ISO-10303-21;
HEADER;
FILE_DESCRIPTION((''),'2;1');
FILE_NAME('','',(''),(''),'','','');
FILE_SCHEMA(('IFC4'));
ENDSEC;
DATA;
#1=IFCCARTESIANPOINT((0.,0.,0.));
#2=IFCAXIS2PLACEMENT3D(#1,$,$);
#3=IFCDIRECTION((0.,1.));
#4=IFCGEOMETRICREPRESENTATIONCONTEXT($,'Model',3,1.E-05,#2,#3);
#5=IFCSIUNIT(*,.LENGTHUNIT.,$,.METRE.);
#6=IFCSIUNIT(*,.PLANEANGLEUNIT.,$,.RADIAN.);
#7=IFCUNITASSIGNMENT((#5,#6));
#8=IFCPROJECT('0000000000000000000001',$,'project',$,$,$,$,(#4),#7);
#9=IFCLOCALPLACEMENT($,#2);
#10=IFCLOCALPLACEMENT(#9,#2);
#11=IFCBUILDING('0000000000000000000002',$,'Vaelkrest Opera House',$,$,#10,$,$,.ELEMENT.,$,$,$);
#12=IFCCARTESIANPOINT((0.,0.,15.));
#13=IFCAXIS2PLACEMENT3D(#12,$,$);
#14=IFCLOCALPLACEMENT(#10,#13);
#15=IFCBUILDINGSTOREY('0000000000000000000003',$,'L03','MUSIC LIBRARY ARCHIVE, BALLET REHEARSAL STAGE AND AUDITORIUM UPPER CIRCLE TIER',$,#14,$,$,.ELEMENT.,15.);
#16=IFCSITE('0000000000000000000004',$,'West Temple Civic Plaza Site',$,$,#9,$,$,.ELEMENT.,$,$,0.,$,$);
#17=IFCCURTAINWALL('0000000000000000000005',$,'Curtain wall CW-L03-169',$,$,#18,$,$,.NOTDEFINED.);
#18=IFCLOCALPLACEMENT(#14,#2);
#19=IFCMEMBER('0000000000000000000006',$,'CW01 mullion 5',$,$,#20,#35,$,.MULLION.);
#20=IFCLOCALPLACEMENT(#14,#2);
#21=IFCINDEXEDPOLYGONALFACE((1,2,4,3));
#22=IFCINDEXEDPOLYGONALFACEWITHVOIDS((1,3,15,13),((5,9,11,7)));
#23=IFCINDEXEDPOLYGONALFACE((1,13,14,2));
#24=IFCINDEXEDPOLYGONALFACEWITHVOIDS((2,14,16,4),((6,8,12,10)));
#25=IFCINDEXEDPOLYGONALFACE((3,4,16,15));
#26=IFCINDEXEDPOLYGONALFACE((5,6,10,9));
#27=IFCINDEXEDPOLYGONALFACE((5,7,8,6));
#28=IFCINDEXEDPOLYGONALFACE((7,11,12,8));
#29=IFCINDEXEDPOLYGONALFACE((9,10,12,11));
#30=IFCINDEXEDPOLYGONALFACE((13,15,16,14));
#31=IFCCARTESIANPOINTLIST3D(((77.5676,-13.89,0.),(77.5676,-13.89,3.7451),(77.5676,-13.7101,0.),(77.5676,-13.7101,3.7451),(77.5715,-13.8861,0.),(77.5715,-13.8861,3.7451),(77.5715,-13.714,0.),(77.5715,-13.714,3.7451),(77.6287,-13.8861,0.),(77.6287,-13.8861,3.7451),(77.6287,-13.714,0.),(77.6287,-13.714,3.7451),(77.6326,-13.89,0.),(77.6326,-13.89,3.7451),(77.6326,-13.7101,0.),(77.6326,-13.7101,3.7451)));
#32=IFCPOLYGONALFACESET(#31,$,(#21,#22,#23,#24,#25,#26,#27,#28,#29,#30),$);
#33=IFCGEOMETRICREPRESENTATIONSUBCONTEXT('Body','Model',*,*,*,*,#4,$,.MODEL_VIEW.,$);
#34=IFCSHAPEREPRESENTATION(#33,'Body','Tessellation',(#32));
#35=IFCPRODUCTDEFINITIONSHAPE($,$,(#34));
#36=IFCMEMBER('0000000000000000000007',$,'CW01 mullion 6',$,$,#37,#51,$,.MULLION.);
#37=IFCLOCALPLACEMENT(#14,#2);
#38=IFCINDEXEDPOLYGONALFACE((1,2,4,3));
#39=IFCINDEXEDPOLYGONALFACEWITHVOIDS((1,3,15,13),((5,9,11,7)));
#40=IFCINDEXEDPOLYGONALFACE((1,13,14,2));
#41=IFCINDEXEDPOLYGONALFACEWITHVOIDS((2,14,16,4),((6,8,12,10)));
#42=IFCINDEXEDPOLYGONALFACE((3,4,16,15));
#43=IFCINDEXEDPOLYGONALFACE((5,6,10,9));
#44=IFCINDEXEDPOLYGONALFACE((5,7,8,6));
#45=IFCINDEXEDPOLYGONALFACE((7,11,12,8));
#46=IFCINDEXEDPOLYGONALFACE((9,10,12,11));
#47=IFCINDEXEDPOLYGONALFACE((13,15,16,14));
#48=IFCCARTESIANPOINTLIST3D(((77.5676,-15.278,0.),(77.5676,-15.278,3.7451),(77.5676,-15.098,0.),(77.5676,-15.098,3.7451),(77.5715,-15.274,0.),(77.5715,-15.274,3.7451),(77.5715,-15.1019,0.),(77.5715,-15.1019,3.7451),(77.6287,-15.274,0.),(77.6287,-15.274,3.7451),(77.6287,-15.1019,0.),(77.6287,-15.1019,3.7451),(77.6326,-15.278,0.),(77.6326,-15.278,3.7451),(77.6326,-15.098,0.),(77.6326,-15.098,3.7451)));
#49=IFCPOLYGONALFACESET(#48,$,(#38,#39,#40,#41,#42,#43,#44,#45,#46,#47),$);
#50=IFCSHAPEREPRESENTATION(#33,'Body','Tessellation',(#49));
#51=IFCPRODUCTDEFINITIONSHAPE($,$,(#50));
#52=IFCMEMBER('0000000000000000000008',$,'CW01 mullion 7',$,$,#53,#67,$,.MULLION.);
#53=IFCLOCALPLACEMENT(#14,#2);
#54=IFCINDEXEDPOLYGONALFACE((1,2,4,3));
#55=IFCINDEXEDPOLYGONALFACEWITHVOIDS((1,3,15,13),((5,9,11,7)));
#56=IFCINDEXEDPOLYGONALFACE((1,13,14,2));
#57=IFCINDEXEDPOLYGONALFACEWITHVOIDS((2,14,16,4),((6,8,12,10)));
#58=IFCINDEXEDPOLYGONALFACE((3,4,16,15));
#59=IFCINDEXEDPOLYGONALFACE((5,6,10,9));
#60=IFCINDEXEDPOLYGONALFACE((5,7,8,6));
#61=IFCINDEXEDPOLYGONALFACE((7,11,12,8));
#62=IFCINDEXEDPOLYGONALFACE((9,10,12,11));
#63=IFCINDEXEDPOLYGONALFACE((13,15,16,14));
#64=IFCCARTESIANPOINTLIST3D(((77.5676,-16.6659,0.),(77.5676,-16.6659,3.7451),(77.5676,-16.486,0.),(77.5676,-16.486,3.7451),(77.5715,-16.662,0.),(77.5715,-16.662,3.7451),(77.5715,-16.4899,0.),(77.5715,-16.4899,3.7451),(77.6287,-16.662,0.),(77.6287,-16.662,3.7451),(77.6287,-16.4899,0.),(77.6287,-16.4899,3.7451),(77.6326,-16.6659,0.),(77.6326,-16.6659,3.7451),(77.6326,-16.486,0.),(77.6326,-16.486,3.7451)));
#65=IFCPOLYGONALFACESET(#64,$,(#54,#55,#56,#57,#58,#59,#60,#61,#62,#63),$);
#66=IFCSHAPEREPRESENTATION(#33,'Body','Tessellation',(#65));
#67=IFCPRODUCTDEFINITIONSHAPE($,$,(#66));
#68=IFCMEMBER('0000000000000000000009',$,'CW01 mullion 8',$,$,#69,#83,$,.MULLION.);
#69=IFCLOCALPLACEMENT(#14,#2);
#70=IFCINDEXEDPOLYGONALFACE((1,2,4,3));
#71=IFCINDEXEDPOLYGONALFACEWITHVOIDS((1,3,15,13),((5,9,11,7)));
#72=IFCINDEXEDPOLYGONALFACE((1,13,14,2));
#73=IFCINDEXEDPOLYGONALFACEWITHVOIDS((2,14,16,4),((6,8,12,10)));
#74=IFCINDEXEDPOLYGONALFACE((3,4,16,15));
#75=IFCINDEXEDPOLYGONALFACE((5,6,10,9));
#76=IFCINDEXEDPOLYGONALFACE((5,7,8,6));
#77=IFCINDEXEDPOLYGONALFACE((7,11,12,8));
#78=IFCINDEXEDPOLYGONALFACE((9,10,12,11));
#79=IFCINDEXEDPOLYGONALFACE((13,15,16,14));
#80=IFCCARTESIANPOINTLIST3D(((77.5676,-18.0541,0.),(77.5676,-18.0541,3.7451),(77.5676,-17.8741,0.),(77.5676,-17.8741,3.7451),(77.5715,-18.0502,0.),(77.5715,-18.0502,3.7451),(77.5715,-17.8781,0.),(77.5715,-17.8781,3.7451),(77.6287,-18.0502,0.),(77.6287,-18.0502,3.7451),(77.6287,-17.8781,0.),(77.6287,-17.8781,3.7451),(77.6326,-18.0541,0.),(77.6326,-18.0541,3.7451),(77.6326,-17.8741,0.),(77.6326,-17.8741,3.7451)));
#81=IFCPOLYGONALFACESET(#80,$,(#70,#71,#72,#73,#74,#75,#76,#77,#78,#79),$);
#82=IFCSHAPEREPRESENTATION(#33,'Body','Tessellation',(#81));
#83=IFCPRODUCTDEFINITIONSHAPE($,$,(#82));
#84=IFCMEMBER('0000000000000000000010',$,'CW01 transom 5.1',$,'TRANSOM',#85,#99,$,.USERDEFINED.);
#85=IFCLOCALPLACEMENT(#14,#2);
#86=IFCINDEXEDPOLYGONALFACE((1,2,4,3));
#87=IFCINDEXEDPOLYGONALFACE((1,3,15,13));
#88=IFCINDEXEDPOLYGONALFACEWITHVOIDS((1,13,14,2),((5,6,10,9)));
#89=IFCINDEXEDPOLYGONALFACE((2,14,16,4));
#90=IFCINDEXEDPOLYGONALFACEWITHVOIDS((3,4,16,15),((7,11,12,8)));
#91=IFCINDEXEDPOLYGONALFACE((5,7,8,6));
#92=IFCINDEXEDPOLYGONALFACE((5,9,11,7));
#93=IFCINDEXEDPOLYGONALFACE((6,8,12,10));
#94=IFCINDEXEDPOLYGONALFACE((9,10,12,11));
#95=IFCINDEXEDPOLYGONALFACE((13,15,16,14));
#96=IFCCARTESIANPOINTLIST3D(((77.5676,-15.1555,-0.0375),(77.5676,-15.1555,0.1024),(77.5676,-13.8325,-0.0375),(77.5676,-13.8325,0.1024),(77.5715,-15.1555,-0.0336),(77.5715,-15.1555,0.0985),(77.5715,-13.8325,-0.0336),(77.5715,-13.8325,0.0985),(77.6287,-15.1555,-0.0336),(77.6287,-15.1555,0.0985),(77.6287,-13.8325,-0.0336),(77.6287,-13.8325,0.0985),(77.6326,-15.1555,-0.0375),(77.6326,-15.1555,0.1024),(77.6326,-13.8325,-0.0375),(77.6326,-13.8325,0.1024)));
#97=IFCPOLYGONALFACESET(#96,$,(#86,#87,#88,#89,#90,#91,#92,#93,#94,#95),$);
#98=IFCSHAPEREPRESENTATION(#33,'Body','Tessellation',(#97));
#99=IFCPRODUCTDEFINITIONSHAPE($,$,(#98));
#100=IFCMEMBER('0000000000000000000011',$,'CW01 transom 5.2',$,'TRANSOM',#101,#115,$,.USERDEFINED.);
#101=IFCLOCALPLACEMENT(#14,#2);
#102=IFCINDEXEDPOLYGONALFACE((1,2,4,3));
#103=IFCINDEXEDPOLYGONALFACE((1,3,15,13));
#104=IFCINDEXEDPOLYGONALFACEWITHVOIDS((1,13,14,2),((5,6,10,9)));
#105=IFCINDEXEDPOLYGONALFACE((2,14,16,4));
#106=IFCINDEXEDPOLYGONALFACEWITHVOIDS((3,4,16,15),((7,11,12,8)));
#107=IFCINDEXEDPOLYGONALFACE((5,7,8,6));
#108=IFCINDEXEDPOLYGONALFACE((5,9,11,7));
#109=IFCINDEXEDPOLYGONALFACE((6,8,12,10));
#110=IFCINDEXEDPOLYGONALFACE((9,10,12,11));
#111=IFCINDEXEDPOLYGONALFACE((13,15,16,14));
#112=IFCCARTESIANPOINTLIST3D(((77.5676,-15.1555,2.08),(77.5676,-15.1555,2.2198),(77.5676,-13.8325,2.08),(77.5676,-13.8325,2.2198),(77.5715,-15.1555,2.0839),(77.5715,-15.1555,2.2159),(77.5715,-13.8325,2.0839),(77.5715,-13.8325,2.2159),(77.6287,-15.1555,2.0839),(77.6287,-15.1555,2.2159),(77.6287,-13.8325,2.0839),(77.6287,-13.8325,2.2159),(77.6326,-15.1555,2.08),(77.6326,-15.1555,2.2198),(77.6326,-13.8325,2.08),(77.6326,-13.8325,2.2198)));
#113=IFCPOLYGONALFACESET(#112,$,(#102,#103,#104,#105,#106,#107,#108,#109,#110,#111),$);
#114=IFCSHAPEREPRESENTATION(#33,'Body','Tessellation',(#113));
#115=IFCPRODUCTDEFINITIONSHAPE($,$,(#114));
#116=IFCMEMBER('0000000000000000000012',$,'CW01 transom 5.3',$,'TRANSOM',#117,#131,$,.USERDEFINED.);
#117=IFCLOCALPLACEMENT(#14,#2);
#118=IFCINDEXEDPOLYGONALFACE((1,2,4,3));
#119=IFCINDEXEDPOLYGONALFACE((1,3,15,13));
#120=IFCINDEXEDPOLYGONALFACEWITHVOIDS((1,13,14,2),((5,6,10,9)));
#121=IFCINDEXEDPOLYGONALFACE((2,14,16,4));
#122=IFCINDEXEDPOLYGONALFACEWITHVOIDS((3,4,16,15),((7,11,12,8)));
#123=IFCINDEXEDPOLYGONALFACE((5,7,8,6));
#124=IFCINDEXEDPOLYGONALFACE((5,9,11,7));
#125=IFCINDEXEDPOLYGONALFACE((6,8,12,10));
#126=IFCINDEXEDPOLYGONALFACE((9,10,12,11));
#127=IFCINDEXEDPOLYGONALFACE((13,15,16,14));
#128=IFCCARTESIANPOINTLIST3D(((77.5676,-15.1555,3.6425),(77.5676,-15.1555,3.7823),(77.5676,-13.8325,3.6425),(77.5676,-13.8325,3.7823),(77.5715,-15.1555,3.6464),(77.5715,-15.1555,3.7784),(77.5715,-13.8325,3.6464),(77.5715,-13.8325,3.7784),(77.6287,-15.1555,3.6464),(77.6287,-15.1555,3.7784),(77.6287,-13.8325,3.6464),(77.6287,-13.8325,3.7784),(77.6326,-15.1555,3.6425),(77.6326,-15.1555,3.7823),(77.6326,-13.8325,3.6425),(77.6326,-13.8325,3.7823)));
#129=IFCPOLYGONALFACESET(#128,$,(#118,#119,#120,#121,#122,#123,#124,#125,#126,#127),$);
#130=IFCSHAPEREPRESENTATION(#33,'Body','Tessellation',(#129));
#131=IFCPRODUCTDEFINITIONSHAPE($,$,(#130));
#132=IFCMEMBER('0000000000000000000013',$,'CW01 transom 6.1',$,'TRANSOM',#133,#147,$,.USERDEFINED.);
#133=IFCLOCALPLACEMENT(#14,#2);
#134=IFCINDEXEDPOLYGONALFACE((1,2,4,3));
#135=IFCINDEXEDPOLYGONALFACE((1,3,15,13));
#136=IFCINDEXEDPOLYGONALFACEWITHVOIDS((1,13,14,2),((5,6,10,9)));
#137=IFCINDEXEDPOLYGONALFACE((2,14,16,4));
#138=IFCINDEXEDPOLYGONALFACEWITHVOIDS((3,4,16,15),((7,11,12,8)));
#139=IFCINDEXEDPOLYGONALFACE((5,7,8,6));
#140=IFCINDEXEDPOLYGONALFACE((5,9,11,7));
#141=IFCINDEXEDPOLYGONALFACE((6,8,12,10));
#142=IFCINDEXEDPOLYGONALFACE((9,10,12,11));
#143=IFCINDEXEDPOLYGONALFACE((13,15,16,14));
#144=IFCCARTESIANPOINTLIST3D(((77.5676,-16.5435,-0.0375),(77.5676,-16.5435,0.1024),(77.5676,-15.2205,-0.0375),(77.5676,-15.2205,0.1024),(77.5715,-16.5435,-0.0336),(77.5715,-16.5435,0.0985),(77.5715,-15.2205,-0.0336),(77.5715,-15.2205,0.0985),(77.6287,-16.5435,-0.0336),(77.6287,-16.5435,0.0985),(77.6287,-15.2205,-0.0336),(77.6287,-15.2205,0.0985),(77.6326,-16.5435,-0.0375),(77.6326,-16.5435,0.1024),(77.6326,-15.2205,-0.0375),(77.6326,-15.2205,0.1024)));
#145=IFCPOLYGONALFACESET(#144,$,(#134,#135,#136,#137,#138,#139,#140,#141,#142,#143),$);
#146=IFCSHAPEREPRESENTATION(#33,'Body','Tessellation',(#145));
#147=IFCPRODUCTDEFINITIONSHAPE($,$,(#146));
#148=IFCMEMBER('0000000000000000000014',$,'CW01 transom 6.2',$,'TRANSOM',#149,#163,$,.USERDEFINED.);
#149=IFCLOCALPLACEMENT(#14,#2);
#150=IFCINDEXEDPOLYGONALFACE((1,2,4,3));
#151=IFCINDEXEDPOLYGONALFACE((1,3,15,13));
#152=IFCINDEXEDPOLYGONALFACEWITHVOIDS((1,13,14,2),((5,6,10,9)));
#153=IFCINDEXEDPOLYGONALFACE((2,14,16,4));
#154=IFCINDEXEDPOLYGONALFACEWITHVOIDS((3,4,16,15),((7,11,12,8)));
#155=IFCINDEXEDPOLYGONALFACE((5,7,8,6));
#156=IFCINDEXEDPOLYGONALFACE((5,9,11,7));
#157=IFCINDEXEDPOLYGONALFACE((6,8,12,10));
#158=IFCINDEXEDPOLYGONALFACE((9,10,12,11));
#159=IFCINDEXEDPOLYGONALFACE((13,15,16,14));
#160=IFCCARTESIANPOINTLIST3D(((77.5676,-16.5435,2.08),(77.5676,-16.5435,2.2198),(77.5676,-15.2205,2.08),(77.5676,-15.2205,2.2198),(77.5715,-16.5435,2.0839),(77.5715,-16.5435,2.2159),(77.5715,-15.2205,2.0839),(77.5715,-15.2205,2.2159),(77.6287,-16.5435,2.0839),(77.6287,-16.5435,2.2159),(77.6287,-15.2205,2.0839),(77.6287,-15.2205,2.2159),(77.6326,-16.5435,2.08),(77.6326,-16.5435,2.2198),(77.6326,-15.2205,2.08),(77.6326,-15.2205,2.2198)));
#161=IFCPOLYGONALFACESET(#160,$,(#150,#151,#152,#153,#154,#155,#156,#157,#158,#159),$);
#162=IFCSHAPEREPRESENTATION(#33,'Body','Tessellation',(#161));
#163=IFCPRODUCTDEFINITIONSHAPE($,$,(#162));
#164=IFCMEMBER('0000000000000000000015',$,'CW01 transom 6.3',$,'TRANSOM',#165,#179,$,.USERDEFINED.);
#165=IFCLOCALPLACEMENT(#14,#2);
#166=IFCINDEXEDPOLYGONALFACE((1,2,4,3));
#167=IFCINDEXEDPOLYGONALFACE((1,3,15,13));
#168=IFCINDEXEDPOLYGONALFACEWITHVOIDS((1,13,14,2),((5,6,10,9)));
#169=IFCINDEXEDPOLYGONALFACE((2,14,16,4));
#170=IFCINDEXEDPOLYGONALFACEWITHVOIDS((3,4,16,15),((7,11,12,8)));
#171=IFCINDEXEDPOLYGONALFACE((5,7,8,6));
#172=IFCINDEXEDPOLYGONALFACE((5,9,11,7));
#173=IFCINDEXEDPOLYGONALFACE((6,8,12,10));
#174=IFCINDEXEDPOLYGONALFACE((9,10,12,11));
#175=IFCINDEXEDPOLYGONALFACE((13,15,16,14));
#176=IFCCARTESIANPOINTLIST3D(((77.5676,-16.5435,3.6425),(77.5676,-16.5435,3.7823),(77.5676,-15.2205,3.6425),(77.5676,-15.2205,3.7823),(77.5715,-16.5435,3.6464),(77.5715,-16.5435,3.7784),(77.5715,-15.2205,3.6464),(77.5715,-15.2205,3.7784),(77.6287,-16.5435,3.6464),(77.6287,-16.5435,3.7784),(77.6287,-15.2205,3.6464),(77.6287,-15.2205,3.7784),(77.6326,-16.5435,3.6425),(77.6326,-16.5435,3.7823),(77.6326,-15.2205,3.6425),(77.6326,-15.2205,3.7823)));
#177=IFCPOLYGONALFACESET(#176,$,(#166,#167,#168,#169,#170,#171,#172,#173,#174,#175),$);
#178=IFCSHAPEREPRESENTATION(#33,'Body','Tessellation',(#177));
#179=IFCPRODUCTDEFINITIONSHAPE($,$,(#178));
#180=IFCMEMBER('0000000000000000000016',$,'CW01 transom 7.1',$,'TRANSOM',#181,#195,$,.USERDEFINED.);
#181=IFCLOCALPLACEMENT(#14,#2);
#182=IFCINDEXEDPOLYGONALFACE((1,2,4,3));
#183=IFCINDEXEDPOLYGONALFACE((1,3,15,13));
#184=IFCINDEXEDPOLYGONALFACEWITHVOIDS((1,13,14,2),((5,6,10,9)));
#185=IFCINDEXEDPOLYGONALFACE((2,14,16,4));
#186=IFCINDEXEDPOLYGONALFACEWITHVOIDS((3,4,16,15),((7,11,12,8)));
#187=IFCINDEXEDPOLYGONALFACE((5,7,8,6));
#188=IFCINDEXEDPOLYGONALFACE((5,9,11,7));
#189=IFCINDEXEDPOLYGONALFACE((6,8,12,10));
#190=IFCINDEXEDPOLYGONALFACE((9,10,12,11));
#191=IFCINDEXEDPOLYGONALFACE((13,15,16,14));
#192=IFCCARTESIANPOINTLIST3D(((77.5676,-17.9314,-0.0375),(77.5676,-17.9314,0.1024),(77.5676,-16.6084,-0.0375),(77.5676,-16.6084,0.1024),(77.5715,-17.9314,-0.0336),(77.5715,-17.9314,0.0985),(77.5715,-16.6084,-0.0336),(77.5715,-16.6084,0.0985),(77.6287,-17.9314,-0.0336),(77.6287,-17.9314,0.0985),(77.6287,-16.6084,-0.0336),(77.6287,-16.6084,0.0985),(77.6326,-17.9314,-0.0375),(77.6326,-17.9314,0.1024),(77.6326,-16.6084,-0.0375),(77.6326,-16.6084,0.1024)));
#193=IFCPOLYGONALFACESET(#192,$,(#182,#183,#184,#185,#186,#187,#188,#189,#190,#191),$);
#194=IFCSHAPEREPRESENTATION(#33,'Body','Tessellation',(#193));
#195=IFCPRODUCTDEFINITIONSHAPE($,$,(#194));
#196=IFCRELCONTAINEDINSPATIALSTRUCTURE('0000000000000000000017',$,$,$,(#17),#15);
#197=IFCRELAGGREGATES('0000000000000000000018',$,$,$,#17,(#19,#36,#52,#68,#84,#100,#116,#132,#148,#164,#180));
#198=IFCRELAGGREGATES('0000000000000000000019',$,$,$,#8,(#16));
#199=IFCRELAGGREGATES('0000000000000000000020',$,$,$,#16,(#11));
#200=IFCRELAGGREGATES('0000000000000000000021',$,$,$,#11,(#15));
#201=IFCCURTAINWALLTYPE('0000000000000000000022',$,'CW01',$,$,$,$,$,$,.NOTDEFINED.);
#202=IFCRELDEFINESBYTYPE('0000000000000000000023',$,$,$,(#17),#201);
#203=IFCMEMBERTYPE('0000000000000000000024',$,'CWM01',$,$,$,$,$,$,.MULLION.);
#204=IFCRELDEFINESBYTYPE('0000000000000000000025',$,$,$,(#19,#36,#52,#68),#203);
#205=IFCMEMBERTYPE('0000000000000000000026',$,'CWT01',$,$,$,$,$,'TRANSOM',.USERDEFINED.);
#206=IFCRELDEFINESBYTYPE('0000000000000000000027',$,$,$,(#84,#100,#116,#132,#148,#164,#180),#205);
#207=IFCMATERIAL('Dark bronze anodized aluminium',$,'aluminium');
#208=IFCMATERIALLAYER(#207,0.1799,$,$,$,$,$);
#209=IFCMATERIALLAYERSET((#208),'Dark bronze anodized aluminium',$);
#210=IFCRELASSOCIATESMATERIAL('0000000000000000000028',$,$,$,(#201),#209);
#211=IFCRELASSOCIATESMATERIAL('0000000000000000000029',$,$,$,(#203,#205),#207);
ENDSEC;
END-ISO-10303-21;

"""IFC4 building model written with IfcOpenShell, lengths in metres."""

from ifc_helpers import new_model, si_unit, direction, frame, origin, origin_2d, place, context, subcontext, project, spatial, hollow_rectangle, extrude, material, layer, layer_set, material_profile, profile_set, type_object, element, aggregate, save


model = new_model("IFC4")

# Units and contexts
model_context = context("Model", 3, precision=1e-05, world=origin(), true_north=direction((0.0, 1.0)))
body_context = subcontext(model_context, "Body", "Model", "MODEL_VIEW")
ifc_project = project(units=[si_unit("LENGTHUNIT", "METRE"), si_unit("PLANEANGLEUNIT", "RADIAN")], contexts=[model_context])

# Site, building, storey
site_placement = place(None, origin())
site = spatial("IfcSite", under=ifc_project, at=site_placement, Name="West Temple Civic Plaza Site", CompositionType="ELEMENT", RefElevation=0.0)
building_placement = place(site_placement, origin())
building = spatial("IfcBuilding", under=site, at=building_placement, Name="Vaelkrest Opera House", CompositionType="ELEMENT")
storey_placement = place(building_placement, frame((0.0, 0.0, 15.0)))
storey = spatial("IfcBuildingStorey", under=building, at=storey_placement, Name="L03", Description="MUSIC LIBRARY ARCHIVE, BALLET REHEARSAL STAGE AND AUDITORIUM UPPER CIRCLE TIER", CompositionType="ELEMENT", Elevation=15.0)

# Curtain wall, members
ifc_material_1 = material(Name="Dark bronze anodized aluminium", Category="aluminium")
ifc_layer_1 = layer(ifc_material_1, 0.1799)
ifc_layer_set_1 = layer_set([ifc_layer_1], Name="Dark bronze anodized aluminium")
curtain_wall_type = type_object("IfcCurtainWallType", Name="CW01", PredefinedType="NOTDEFINED", material=ifc_layer_set_1)
curtain_wall_placement = place(storey_placement, origin())
curtain_wall = element("IfcCurtainWall", 1, at=curtain_wall_placement, inside=storey, type_object=curtain_wall_type, Name="Curtain wall CW-L03-169", PredefinedType="NOTDEFINED")
ifc_material_profile_1 = material_profile(ifc_material_1, hollow_rectangle(XDim=0.0649, YDim=0.1799, WallThickness=0.0039, at=origin_2d()), Name="CWM65X180")
ifc_profile_set_1 = profile_set([ifc_material_profile_1], Name="Dark bronze anodized aluminium")
member_type_1 = type_object("IfcMemberType", Name="CWM01", PredefinedType="MULLION", material=ifc_profile_set_1)
member_1_placement = place(storey_placement, frame((77.6001, -13.8, 0.0), z_axis=(0.0, 0.0, 1.0), x_axis=(1.0, 0.0, 0.0)))
member_1 = element("IfcMember", 2, at=member_1_placement, type_object=member_type_1, Name="CW01 mullion 5", PredefinedType="MULLION", context=body_context, shape_type="SweptSolid", body=[
    extrude(hollow_rectangle(XDim=0.0649, YDim=0.1799, WallThickness=0.0039, at=origin_2d()), origin(), (0.0, 0.0, 1.0), 3.7451),
])
member_2_placement = place(storey_placement, frame((77.6001, -15.188, 0.0), z_axis=(0.0, 0.0, 1.0), x_axis=(1.0, 0.0, 0.0)))
member_2 = element("IfcMember", 3, at=member_2_placement, type_object=member_type_1, Name="CW01 mullion 6", PredefinedType="MULLION", context=body_context, shape_type="SweptSolid", body=[
    extrude(hollow_rectangle(XDim=0.0649, YDim=0.1799, WallThickness=0.0039, at=origin_2d()), origin(), (0.0, 0.0, 1.0), 3.7451),
])
member_3_placement = place(storey_placement, frame((77.6001, -16.5759, 0.0), z_axis=(0.0, 0.0, 1.0), x_axis=(1.0, 0.0, 0.0)))
member_3 = element("IfcMember", 4, at=member_3_placement, type_object=member_type_1, Name="CW01 mullion 7", PredefinedType="MULLION", context=body_context, shape_type="SweptSolid", body=[
    extrude(hollow_rectangle(XDim=0.0649, YDim=0.1799, WallThickness=0.0039, at=origin_2d()), origin(), (0.0, 0.0, 1.0), 3.7451),
])
member_4_placement = place(storey_placement, frame((77.6001, -17.9641, 0.0), z_axis=(0.0, 0.0, 1.0), x_axis=(1.0, 0.0, 0.0)))
member_4 = element("IfcMember", 5, at=member_4_placement, type_object=member_type_1, Name="CW01 mullion 8", PredefinedType="MULLION", context=body_context, shape_type="SweptSolid", body=[
    extrude(hollow_rectangle(XDim=0.0649, YDim=0.1799, WallThickness=0.0039, at=origin_2d()), origin(), (0.0, 0.0, 1.0), 3.7451),
])
ifc_material_profile_2 = material_profile(ifc_material_1, hollow_rectangle(XDim=0.0649, YDim=0.1399, WallThickness=0.0039, at=origin_2d()), Name="CWT65X140")
ifc_profile_set_2 = profile_set([ifc_material_profile_2], Name="Dark bronze anodized aluminium")
member_type_2 = type_object("IfcMemberType", Name="CWT01", ElementType="TRANSOM", PredefinedType="USERDEFINED", material=ifc_profile_set_2)
member_5_placement = place(storey_placement, frame((77.6001, -13.8325, 0.0325), z_axis=(0.0, -1.0, 0.0), x_axis=(1.0, 0.0, 0.0)))
member_5 = element("IfcMember", 6, at=member_5_placement, type_object=member_type_2, Name="CW01 transom 5.1", ObjectType="TRANSOM", PredefinedType="USERDEFINED", context=body_context, shape_type="SweptSolid", body=[
    extrude(hollow_rectangle(XDim=0.0649, YDim=0.1399, WallThickness=0.0039, at=origin_2d()), origin(), (0.0, 0.0, 1.0), 1.323),
])
member_6_placement = place(storey_placement, frame((77.6001, -13.8325, 2.1499), z_axis=(0.0, -1.0, 0.0), x_axis=(1.0, 0.0, 0.0)))
member_6 = element("IfcMember", 7, at=member_6_placement, type_object=member_type_2, Name="CW01 transom 5.2", ObjectType="TRANSOM", PredefinedType="USERDEFINED", context=body_context, shape_type="SweptSolid", body=[
    extrude(hollow_rectangle(XDim=0.0649, YDim=0.1399, WallThickness=0.0039, at=origin_2d()), origin(), (0.0, 0.0, 1.0), 1.323),
])
member_7_placement = place(storey_placement, frame((77.6001, -13.8325, 3.7124), z_axis=(0.0, -1.0, 0.0), x_axis=(1.0, 0.0, 0.0)))
member_7 = element("IfcMember", 8, at=member_7_placement, type_object=member_type_2, Name="CW01 transom 5.3", ObjectType="TRANSOM", PredefinedType="USERDEFINED", context=body_context, shape_type="SweptSolid", body=[
    extrude(hollow_rectangle(XDim=0.0649, YDim=0.1399, WallThickness=0.0039, at=origin_2d()), origin(), (0.0, 0.0, 1.0), 1.323),
])
member_8_placement = place(storey_placement, frame((77.6001, -15.2205, 0.0325), z_axis=(0.0, -1.0, 0.0), x_axis=(1.0, 0.0, 0.0)))
member_8 = element("IfcMember", 9, at=member_8_placement, type_object=member_type_2, Name="CW01 transom 6.1", ObjectType="TRANSOM", PredefinedType="USERDEFINED", context=body_context, shape_type="SweptSolid", body=[
    extrude(hollow_rectangle(XDim=0.0649, YDim=0.1399, WallThickness=0.0039, at=origin_2d()), origin(), (0.0, 0.0, 1.0), 1.323),
])
member_9_placement = place(storey_placement, frame((77.6001, -15.2205, 2.1499), z_axis=(0.0, -1.0, 0.0), x_axis=(1.0, 0.0, 0.0)))
member_9 = element("IfcMember", 10, at=member_9_placement, type_object=member_type_2, Name="CW01 transom 6.2", ObjectType="TRANSOM", PredefinedType="USERDEFINED", context=body_context, shape_type="SweptSolid", body=[
    extrude(hollow_rectangle(XDim=0.0649, YDim=0.1399, WallThickness=0.0039, at=origin_2d()), origin(), (0.0, 0.0, 1.0), 1.323),
])
member_10_placement = place(storey_placement, frame((77.6001, -15.2205, 3.7124), z_axis=(0.0, -1.0, 0.0), x_axis=(1.0, 0.0, 0.0)))
member_10 = element("IfcMember", 11, at=member_10_placement, type_object=member_type_2, Name="CW01 transom 6.3", ObjectType="TRANSOM", PredefinedType="USERDEFINED", context=body_context, shape_type="SweptSolid", body=[
    extrude(hollow_rectangle(XDim=0.0649, YDim=0.1399, WallThickness=0.0039, at=origin_2d()), origin(), (0.0, 0.0, 1.0), 1.323),
])
member_11_placement = place(storey_placement, frame((77.6001, -16.6084, 0.0325), z_axis=(0.0, -1.0, 0.0), x_axis=(1.0, 0.0, 0.0)))
member_11 = element("IfcMember", 12, at=member_11_placement, type_object=member_type_2, Name="CW01 transom 7.1", ObjectType="TRANSOM", PredefinedType="USERDEFINED", context=body_context, shape_type="SweptSolid", body=[
    extrude(hollow_rectangle(XDim=0.0649, YDim=0.1399, WallThickness=0.0039, at=origin_2d()), origin(), (0.0, 0.0, 1.0), 1.323),
])
aggregate(curtain_wall, [member_1, member_2, member_3, member_4, member_5, member_6, member_7, member_8, member_9, member_10, member_11])

save(model, "model.ifc")
